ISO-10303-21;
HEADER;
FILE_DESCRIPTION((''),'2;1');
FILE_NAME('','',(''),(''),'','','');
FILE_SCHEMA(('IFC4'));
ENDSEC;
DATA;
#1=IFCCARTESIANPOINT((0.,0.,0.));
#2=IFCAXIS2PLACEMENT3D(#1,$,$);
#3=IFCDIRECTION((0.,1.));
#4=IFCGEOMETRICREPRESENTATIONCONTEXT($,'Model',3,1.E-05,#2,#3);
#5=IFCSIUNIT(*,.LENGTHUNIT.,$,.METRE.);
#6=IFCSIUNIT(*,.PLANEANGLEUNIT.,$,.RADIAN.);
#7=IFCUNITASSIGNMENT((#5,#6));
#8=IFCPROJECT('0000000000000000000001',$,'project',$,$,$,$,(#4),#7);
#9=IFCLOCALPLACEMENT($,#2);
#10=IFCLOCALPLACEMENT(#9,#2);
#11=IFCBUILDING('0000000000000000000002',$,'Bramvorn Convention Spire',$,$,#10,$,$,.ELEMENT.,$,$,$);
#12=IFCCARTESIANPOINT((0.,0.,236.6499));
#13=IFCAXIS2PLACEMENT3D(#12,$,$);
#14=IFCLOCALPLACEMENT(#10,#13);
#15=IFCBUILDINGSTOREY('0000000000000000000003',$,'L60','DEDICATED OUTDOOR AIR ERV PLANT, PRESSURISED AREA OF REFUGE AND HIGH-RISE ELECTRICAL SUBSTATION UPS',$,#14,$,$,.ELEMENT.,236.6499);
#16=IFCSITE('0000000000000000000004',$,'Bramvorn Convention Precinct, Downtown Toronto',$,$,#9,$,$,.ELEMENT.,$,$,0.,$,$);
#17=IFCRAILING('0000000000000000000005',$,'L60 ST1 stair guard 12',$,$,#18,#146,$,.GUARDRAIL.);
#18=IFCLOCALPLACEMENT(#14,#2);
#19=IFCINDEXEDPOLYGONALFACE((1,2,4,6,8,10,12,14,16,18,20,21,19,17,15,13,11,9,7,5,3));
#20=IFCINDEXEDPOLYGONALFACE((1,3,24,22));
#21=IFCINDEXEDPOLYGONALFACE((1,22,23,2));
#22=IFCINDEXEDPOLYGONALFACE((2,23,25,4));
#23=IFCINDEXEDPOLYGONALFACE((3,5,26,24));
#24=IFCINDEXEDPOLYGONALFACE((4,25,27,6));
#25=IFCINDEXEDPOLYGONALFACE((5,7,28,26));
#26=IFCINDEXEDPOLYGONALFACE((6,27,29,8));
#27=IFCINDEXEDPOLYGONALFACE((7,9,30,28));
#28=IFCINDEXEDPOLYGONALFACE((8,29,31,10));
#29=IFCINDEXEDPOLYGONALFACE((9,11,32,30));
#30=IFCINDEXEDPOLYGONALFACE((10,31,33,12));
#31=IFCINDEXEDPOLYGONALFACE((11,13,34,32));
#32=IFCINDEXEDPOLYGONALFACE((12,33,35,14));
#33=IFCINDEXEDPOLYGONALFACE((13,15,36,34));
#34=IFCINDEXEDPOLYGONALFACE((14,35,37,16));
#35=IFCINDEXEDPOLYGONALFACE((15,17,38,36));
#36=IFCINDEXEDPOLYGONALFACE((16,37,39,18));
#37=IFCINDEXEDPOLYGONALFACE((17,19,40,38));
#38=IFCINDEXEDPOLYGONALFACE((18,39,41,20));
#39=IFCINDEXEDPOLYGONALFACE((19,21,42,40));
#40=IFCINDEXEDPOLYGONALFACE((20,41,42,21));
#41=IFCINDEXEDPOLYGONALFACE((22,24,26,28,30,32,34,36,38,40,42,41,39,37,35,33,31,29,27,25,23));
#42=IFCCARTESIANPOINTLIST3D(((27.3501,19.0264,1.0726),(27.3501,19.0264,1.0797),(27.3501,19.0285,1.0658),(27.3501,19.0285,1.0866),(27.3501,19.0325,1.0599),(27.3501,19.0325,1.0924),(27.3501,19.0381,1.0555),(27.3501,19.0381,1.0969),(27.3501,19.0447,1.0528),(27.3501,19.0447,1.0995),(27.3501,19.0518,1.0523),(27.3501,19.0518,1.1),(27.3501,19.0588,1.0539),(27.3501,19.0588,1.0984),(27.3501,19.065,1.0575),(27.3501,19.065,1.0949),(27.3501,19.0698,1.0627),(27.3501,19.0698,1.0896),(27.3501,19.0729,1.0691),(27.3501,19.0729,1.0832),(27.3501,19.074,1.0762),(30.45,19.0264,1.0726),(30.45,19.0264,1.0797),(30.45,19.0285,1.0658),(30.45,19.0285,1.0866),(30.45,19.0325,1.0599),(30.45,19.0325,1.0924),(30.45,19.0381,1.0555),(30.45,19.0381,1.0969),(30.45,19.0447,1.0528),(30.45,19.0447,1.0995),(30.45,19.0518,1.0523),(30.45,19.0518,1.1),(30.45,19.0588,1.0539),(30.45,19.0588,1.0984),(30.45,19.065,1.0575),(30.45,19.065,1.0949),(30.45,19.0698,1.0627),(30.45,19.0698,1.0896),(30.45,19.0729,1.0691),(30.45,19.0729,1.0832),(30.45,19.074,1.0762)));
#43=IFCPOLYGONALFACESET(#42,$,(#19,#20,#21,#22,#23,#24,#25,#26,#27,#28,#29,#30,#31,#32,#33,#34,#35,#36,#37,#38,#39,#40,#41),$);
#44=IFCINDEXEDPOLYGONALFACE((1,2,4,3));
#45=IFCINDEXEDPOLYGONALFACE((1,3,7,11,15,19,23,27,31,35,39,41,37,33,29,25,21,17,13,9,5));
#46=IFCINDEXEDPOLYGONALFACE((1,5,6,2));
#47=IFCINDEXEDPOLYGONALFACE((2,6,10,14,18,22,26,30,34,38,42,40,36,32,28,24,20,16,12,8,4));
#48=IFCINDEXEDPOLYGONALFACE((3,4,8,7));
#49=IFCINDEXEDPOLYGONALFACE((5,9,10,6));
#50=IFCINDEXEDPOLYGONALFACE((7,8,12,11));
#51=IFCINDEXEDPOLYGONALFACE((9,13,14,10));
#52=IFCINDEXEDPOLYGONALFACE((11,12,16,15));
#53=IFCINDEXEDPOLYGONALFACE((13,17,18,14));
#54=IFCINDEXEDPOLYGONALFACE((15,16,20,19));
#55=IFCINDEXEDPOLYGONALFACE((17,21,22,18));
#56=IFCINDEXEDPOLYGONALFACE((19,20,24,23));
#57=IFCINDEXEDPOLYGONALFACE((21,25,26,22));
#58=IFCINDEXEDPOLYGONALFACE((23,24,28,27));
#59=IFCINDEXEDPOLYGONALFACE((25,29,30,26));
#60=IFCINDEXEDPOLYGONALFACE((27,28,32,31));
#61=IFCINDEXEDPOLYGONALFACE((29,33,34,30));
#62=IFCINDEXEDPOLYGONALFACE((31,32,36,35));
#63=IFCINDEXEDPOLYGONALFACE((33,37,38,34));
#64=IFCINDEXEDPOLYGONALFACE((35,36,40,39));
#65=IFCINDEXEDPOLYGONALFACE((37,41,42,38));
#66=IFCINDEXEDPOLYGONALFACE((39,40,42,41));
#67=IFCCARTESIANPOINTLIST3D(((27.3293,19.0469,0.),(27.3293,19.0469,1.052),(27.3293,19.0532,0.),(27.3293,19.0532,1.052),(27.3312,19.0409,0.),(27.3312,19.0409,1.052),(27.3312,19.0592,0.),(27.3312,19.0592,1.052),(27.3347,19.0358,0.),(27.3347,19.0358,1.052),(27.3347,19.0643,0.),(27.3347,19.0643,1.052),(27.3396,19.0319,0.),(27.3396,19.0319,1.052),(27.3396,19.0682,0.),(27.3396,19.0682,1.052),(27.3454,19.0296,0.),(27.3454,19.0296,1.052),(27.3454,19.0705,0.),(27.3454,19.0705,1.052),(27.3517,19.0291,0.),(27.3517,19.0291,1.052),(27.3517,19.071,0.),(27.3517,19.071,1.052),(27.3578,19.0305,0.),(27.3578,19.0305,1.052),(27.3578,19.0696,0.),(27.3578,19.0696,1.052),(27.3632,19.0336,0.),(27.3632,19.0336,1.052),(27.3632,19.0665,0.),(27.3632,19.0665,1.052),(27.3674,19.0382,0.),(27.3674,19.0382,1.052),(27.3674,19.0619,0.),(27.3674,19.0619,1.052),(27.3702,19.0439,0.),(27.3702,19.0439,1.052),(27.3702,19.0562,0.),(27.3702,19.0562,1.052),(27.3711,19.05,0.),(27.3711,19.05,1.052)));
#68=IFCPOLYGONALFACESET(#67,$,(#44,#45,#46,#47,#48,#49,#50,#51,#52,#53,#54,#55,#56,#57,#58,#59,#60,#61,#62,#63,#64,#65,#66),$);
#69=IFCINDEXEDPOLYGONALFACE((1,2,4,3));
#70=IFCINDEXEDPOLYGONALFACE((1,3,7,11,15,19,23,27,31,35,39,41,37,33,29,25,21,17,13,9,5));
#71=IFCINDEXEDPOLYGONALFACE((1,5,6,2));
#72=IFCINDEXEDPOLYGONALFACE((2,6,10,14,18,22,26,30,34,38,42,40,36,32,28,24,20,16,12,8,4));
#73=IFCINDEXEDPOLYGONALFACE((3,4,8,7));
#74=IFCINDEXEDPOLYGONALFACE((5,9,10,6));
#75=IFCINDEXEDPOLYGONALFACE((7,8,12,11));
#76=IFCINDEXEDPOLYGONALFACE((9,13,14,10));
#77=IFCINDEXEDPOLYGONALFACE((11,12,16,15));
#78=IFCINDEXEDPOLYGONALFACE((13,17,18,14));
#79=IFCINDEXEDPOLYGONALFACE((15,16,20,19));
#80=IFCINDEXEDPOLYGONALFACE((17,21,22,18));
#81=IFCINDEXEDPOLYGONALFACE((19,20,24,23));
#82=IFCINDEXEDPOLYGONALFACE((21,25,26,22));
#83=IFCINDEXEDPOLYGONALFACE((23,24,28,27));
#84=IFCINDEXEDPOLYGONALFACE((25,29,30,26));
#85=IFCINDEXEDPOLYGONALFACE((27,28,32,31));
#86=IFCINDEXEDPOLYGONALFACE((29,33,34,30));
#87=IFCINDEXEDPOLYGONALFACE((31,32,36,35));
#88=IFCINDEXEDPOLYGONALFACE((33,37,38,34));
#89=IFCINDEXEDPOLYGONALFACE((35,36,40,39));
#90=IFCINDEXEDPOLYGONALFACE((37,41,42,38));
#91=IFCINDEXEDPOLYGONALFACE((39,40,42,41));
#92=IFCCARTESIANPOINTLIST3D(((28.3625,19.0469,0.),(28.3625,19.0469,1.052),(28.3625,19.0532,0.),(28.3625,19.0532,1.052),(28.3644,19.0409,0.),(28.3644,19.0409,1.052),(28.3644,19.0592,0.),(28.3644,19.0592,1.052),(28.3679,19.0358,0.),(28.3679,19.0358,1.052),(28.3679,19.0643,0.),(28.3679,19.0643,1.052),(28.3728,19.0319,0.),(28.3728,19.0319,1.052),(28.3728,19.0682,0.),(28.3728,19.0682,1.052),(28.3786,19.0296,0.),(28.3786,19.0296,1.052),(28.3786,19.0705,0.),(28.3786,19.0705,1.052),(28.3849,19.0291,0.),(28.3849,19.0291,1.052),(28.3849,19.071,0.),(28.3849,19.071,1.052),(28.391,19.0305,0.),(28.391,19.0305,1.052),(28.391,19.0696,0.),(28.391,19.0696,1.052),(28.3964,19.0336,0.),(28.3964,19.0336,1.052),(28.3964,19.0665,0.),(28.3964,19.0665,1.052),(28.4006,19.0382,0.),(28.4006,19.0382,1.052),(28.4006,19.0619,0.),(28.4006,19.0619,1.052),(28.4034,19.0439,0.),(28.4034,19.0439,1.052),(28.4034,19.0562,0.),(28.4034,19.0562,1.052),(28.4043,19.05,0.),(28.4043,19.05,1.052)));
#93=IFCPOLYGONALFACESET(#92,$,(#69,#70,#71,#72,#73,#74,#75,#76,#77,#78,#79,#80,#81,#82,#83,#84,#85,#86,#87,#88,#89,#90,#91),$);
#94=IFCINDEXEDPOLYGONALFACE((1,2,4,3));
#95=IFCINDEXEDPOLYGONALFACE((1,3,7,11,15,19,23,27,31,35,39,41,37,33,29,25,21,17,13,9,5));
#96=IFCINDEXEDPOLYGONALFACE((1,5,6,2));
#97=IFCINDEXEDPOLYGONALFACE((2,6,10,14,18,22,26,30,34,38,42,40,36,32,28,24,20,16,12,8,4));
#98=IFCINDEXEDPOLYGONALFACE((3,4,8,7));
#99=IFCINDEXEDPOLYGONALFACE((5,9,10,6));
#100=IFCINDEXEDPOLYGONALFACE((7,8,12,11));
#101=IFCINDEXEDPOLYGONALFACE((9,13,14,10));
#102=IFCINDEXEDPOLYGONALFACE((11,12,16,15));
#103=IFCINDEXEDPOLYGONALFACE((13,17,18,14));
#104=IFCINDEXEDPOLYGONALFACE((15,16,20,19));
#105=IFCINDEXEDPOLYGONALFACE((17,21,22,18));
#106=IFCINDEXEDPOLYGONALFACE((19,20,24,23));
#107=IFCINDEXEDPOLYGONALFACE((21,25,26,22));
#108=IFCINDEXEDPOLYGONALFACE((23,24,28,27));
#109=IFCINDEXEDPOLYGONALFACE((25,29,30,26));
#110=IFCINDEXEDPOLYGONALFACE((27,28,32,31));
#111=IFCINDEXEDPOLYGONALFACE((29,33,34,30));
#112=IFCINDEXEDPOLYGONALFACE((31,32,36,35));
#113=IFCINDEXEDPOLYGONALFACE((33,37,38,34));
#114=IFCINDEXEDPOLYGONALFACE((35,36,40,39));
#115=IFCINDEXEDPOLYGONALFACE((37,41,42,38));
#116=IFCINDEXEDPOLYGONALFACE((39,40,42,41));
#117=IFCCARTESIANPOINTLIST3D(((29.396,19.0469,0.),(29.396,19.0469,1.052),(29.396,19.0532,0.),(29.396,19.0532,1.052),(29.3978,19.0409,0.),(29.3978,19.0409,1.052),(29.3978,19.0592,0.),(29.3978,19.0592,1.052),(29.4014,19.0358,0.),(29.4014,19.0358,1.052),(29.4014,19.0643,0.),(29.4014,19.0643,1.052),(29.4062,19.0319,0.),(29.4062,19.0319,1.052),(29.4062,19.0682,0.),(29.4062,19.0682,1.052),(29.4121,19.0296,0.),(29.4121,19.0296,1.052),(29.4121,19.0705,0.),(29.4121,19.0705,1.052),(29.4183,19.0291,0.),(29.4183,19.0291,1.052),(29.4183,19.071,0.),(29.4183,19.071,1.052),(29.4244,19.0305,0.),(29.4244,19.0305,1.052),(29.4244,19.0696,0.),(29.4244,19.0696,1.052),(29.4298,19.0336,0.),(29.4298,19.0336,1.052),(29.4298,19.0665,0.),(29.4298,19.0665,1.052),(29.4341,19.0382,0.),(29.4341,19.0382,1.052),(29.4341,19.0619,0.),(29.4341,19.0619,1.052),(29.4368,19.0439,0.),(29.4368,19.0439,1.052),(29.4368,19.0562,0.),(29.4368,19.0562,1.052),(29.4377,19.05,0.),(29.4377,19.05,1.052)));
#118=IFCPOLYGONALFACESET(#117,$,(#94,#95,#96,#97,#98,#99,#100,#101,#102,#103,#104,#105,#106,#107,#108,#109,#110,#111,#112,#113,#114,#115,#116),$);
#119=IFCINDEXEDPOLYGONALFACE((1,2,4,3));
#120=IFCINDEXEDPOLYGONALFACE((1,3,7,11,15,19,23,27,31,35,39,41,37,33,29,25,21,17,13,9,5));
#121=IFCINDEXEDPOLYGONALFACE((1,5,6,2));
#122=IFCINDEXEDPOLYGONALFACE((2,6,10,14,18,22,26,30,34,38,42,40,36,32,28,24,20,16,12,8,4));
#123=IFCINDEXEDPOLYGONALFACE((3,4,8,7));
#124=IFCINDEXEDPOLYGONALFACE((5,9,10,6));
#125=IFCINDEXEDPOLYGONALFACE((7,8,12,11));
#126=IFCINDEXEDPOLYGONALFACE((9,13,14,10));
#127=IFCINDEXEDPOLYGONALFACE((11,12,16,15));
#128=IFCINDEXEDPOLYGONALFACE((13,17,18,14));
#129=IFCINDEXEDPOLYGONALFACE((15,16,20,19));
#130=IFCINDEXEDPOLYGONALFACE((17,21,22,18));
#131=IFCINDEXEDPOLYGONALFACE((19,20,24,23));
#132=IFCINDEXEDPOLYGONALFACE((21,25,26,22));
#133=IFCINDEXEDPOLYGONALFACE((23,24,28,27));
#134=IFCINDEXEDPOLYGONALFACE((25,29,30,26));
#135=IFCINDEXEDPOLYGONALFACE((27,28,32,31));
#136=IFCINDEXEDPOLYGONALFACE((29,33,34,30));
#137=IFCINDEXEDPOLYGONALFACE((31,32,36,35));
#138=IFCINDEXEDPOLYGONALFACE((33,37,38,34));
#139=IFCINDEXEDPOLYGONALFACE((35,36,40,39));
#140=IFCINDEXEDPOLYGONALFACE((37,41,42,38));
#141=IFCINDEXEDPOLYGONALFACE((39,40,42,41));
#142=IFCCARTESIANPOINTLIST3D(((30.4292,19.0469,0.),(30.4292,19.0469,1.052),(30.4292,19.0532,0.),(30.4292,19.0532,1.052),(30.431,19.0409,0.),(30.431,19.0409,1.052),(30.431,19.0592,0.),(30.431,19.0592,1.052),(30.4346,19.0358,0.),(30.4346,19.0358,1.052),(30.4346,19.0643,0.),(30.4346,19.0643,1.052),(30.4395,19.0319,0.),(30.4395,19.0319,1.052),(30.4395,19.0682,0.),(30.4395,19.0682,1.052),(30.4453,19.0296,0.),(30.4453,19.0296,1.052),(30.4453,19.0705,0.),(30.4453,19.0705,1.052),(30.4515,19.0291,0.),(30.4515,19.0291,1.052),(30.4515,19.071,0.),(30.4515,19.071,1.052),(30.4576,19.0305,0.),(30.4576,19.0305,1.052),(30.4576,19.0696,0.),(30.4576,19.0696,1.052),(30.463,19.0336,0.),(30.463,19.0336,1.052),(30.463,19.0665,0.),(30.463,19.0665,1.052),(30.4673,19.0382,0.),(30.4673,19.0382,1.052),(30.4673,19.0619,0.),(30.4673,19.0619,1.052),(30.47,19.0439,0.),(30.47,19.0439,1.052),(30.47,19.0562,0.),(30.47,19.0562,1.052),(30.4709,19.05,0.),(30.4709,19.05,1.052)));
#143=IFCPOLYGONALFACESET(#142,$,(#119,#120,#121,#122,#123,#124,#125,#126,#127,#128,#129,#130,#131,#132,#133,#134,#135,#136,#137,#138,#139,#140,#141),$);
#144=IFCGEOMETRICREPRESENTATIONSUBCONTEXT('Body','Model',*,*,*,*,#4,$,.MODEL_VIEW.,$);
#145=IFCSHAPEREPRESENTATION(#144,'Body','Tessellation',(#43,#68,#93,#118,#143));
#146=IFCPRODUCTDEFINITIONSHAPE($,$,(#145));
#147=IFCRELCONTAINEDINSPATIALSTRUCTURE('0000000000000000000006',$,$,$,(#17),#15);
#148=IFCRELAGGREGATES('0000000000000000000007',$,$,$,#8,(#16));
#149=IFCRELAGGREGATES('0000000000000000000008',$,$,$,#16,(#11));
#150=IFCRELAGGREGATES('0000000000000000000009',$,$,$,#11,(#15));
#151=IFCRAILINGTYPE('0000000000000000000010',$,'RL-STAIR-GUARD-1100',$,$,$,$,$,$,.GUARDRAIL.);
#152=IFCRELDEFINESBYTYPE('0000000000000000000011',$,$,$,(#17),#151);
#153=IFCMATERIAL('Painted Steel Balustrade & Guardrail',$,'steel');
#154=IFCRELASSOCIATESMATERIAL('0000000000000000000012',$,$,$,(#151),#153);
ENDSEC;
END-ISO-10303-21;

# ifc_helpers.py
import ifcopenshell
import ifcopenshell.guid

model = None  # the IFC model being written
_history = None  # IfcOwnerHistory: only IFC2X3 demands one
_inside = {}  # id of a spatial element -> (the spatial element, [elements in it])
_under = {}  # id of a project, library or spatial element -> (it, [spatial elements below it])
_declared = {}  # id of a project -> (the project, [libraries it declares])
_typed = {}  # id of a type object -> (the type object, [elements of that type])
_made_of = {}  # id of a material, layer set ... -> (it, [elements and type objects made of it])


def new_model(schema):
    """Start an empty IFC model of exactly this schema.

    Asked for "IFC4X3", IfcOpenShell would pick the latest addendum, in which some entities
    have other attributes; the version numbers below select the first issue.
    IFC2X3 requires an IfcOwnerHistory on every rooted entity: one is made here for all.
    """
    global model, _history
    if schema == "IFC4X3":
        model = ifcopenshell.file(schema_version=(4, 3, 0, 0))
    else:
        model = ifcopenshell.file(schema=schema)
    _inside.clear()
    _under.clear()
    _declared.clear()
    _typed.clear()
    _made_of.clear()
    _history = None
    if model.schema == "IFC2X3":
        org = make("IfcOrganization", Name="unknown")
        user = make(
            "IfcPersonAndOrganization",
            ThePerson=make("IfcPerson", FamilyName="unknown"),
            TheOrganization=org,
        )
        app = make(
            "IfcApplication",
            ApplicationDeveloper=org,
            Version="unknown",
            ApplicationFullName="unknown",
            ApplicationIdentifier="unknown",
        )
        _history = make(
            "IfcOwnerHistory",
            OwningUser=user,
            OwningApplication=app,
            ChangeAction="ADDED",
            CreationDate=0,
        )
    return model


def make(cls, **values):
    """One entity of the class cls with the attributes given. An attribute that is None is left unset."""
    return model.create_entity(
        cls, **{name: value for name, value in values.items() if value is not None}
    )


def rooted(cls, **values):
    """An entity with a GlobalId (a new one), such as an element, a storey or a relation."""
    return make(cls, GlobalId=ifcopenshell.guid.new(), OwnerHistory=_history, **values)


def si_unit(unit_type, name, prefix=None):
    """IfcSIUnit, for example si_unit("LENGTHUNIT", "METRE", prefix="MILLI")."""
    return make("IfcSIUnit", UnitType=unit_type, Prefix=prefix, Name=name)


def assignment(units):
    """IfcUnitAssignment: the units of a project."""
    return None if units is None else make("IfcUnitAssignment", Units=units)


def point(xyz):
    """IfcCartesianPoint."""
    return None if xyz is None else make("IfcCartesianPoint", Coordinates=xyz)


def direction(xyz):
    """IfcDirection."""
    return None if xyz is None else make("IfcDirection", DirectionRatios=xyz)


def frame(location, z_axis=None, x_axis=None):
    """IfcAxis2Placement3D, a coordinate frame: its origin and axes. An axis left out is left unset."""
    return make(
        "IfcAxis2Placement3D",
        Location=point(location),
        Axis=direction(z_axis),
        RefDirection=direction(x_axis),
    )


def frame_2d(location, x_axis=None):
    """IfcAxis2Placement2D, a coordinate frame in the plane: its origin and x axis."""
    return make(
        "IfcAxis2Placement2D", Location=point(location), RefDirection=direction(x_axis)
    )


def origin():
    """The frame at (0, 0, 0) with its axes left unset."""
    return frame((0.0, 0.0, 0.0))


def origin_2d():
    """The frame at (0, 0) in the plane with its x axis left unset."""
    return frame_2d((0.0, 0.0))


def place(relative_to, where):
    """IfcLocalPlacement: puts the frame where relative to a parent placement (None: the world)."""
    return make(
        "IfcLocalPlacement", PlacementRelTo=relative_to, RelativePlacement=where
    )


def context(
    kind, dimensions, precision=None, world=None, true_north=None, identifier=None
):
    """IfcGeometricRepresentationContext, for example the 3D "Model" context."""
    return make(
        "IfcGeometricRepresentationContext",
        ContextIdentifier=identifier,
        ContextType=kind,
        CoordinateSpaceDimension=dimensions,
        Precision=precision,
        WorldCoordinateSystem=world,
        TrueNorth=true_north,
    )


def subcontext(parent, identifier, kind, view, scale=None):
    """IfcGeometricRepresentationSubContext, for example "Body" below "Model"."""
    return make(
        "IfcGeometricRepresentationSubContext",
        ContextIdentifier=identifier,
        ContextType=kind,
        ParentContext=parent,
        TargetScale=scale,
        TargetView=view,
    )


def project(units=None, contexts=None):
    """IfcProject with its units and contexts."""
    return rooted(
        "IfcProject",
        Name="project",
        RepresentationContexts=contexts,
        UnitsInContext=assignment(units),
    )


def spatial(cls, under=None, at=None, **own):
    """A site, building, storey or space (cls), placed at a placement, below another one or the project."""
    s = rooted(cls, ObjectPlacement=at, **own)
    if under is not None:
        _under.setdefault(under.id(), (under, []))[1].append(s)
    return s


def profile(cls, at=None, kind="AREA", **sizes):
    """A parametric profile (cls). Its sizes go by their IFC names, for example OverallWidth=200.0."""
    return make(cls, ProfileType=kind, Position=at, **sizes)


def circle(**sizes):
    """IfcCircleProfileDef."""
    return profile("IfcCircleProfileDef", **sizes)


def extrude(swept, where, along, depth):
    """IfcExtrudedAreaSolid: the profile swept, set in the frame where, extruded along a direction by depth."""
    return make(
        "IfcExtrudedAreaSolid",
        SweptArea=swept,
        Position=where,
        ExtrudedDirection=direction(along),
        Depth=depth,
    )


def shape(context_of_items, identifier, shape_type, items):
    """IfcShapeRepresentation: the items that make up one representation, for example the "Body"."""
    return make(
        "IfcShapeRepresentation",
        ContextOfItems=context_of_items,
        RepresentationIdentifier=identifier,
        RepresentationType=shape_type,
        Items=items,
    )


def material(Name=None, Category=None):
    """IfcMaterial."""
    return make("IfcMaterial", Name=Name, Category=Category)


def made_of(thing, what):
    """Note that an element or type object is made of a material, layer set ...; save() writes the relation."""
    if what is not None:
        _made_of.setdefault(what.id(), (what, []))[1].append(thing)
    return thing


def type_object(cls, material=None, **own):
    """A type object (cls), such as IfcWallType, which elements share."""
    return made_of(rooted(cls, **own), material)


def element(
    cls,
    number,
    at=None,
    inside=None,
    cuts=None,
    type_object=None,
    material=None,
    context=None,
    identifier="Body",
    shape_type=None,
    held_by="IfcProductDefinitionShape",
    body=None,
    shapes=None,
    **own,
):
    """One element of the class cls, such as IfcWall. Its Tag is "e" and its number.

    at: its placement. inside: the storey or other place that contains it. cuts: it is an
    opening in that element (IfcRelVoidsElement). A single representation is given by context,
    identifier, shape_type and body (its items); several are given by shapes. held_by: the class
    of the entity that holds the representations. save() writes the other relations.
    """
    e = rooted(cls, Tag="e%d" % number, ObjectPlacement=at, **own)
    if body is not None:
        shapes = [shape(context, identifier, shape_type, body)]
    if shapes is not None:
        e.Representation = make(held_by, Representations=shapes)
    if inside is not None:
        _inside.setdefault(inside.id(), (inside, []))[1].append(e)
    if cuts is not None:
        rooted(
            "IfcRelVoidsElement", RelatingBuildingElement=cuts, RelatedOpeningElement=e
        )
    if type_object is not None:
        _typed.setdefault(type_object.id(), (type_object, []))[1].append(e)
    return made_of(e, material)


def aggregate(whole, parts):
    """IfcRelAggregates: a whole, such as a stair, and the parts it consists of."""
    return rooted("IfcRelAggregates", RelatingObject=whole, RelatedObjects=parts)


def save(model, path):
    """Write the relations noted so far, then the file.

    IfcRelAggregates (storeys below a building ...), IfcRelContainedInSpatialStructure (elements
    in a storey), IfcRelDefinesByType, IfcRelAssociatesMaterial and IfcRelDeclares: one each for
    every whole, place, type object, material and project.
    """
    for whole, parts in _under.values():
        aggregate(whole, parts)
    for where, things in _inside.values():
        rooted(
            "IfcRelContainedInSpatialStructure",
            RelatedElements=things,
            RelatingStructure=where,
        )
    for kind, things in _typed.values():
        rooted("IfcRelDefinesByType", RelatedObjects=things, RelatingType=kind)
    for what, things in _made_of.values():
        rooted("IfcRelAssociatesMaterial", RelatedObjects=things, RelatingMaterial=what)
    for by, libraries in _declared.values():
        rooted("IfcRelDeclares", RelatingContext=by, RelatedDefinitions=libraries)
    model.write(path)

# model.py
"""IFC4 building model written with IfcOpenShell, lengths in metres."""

from ifc_helpers import new_model, si_unit, direction, frame, origin, origin_2d, place, context, subcontext, project, spatial, circle, extrude, material, type_object, element, save


model = new_model("IFC4")

# Units and contexts
model_context = context("Model", 3, precision=1e-05, world=origin(), true_north=direction((0.0, 1.0)))
body_context = subcontext(model_context, "Body", "Model", "MODEL_VIEW")
ifc_project = project(units=[si_unit("LENGTHUNIT", "METRE"), si_unit("PLANEANGLEUNIT", "RADIAN")], contexts=[model_context])

# Site, building, storey
site_placement = place(None, origin())
site = spatial("IfcSite", under=ifc_project, at=site_placement, Name="Bramvorn Convention Precinct, Downtown Toronto", CompositionType="ELEMENT", RefElevation=0.0)
building_placement = place(site_placement, origin())
building = spatial("IfcBuilding", under=site, at=building_placement, Name="Bramvorn Convention Spire", CompositionType="ELEMENT")
storey_placement = place(building_placement, frame((0.0, 0.0, 236.6499)))
storey = spatial("IfcBuildingStorey", under=building, at=storey_placement, Name="L60", Description="DEDICATED OUTDOOR AIR ERV PLANT, PRESSURISED AREA OF REFUGE AND HIGH-RISE ELECTRICAL SUBSTATION UPS", CompositionType="ELEMENT", Elevation=236.6499)

# Railing
ifc_material_1 = material(Name="Painted Steel Balustrade & Guardrail", Category="steel")
railing_type = type_object("IfcRailingType", Name="RL-STAIR-GUARD-1100", PredefinedType="GUARDRAIL", material=ifc_material_1)
railing_placement = place(storey_placement, frame((27.3501, 19.05, 0.0)))
element("IfcRailing", 1, at=railing_placement, inside=storey, type_object=railing_type, Name="L60 ST1 stair guard 12", PredefinedType="GUARDRAIL", context=body_context, shape_type="SweptSolid", body=[
    extrude(circle(Radius=0.0239, at=origin_2d()), frame((0.0, 0.0, 1.0762), z_axis=(1.0, 0.0, 0.0), x_axis=(0.0, 1.0, 0.0)), (0.0, 0.0, 1.0), 3.0999),
    extrude(circle(Radius=0.021, at=origin_2d()), origin(), (0.0, 0.0, 1.0), 1.052),
    extrude(circle(Radius=0.021, at=origin_2d()), frame((1.0332, 0.0, 0.0)), (0.0, 0.0, 1.0), 1.052),
    extrude(circle(Radius=0.021, at=origin_2d()), frame((2.0667, 0.0, 0.0)), (0.0, 0.0, 1.0), 1.052),
    extrude(circle(Radius=0.021, at=origin_2d()), frame((3.0999, 0.0, 0.0)), (0.0, 0.0, 1.0), 1.052),
])

save(model, "model.ifc")
